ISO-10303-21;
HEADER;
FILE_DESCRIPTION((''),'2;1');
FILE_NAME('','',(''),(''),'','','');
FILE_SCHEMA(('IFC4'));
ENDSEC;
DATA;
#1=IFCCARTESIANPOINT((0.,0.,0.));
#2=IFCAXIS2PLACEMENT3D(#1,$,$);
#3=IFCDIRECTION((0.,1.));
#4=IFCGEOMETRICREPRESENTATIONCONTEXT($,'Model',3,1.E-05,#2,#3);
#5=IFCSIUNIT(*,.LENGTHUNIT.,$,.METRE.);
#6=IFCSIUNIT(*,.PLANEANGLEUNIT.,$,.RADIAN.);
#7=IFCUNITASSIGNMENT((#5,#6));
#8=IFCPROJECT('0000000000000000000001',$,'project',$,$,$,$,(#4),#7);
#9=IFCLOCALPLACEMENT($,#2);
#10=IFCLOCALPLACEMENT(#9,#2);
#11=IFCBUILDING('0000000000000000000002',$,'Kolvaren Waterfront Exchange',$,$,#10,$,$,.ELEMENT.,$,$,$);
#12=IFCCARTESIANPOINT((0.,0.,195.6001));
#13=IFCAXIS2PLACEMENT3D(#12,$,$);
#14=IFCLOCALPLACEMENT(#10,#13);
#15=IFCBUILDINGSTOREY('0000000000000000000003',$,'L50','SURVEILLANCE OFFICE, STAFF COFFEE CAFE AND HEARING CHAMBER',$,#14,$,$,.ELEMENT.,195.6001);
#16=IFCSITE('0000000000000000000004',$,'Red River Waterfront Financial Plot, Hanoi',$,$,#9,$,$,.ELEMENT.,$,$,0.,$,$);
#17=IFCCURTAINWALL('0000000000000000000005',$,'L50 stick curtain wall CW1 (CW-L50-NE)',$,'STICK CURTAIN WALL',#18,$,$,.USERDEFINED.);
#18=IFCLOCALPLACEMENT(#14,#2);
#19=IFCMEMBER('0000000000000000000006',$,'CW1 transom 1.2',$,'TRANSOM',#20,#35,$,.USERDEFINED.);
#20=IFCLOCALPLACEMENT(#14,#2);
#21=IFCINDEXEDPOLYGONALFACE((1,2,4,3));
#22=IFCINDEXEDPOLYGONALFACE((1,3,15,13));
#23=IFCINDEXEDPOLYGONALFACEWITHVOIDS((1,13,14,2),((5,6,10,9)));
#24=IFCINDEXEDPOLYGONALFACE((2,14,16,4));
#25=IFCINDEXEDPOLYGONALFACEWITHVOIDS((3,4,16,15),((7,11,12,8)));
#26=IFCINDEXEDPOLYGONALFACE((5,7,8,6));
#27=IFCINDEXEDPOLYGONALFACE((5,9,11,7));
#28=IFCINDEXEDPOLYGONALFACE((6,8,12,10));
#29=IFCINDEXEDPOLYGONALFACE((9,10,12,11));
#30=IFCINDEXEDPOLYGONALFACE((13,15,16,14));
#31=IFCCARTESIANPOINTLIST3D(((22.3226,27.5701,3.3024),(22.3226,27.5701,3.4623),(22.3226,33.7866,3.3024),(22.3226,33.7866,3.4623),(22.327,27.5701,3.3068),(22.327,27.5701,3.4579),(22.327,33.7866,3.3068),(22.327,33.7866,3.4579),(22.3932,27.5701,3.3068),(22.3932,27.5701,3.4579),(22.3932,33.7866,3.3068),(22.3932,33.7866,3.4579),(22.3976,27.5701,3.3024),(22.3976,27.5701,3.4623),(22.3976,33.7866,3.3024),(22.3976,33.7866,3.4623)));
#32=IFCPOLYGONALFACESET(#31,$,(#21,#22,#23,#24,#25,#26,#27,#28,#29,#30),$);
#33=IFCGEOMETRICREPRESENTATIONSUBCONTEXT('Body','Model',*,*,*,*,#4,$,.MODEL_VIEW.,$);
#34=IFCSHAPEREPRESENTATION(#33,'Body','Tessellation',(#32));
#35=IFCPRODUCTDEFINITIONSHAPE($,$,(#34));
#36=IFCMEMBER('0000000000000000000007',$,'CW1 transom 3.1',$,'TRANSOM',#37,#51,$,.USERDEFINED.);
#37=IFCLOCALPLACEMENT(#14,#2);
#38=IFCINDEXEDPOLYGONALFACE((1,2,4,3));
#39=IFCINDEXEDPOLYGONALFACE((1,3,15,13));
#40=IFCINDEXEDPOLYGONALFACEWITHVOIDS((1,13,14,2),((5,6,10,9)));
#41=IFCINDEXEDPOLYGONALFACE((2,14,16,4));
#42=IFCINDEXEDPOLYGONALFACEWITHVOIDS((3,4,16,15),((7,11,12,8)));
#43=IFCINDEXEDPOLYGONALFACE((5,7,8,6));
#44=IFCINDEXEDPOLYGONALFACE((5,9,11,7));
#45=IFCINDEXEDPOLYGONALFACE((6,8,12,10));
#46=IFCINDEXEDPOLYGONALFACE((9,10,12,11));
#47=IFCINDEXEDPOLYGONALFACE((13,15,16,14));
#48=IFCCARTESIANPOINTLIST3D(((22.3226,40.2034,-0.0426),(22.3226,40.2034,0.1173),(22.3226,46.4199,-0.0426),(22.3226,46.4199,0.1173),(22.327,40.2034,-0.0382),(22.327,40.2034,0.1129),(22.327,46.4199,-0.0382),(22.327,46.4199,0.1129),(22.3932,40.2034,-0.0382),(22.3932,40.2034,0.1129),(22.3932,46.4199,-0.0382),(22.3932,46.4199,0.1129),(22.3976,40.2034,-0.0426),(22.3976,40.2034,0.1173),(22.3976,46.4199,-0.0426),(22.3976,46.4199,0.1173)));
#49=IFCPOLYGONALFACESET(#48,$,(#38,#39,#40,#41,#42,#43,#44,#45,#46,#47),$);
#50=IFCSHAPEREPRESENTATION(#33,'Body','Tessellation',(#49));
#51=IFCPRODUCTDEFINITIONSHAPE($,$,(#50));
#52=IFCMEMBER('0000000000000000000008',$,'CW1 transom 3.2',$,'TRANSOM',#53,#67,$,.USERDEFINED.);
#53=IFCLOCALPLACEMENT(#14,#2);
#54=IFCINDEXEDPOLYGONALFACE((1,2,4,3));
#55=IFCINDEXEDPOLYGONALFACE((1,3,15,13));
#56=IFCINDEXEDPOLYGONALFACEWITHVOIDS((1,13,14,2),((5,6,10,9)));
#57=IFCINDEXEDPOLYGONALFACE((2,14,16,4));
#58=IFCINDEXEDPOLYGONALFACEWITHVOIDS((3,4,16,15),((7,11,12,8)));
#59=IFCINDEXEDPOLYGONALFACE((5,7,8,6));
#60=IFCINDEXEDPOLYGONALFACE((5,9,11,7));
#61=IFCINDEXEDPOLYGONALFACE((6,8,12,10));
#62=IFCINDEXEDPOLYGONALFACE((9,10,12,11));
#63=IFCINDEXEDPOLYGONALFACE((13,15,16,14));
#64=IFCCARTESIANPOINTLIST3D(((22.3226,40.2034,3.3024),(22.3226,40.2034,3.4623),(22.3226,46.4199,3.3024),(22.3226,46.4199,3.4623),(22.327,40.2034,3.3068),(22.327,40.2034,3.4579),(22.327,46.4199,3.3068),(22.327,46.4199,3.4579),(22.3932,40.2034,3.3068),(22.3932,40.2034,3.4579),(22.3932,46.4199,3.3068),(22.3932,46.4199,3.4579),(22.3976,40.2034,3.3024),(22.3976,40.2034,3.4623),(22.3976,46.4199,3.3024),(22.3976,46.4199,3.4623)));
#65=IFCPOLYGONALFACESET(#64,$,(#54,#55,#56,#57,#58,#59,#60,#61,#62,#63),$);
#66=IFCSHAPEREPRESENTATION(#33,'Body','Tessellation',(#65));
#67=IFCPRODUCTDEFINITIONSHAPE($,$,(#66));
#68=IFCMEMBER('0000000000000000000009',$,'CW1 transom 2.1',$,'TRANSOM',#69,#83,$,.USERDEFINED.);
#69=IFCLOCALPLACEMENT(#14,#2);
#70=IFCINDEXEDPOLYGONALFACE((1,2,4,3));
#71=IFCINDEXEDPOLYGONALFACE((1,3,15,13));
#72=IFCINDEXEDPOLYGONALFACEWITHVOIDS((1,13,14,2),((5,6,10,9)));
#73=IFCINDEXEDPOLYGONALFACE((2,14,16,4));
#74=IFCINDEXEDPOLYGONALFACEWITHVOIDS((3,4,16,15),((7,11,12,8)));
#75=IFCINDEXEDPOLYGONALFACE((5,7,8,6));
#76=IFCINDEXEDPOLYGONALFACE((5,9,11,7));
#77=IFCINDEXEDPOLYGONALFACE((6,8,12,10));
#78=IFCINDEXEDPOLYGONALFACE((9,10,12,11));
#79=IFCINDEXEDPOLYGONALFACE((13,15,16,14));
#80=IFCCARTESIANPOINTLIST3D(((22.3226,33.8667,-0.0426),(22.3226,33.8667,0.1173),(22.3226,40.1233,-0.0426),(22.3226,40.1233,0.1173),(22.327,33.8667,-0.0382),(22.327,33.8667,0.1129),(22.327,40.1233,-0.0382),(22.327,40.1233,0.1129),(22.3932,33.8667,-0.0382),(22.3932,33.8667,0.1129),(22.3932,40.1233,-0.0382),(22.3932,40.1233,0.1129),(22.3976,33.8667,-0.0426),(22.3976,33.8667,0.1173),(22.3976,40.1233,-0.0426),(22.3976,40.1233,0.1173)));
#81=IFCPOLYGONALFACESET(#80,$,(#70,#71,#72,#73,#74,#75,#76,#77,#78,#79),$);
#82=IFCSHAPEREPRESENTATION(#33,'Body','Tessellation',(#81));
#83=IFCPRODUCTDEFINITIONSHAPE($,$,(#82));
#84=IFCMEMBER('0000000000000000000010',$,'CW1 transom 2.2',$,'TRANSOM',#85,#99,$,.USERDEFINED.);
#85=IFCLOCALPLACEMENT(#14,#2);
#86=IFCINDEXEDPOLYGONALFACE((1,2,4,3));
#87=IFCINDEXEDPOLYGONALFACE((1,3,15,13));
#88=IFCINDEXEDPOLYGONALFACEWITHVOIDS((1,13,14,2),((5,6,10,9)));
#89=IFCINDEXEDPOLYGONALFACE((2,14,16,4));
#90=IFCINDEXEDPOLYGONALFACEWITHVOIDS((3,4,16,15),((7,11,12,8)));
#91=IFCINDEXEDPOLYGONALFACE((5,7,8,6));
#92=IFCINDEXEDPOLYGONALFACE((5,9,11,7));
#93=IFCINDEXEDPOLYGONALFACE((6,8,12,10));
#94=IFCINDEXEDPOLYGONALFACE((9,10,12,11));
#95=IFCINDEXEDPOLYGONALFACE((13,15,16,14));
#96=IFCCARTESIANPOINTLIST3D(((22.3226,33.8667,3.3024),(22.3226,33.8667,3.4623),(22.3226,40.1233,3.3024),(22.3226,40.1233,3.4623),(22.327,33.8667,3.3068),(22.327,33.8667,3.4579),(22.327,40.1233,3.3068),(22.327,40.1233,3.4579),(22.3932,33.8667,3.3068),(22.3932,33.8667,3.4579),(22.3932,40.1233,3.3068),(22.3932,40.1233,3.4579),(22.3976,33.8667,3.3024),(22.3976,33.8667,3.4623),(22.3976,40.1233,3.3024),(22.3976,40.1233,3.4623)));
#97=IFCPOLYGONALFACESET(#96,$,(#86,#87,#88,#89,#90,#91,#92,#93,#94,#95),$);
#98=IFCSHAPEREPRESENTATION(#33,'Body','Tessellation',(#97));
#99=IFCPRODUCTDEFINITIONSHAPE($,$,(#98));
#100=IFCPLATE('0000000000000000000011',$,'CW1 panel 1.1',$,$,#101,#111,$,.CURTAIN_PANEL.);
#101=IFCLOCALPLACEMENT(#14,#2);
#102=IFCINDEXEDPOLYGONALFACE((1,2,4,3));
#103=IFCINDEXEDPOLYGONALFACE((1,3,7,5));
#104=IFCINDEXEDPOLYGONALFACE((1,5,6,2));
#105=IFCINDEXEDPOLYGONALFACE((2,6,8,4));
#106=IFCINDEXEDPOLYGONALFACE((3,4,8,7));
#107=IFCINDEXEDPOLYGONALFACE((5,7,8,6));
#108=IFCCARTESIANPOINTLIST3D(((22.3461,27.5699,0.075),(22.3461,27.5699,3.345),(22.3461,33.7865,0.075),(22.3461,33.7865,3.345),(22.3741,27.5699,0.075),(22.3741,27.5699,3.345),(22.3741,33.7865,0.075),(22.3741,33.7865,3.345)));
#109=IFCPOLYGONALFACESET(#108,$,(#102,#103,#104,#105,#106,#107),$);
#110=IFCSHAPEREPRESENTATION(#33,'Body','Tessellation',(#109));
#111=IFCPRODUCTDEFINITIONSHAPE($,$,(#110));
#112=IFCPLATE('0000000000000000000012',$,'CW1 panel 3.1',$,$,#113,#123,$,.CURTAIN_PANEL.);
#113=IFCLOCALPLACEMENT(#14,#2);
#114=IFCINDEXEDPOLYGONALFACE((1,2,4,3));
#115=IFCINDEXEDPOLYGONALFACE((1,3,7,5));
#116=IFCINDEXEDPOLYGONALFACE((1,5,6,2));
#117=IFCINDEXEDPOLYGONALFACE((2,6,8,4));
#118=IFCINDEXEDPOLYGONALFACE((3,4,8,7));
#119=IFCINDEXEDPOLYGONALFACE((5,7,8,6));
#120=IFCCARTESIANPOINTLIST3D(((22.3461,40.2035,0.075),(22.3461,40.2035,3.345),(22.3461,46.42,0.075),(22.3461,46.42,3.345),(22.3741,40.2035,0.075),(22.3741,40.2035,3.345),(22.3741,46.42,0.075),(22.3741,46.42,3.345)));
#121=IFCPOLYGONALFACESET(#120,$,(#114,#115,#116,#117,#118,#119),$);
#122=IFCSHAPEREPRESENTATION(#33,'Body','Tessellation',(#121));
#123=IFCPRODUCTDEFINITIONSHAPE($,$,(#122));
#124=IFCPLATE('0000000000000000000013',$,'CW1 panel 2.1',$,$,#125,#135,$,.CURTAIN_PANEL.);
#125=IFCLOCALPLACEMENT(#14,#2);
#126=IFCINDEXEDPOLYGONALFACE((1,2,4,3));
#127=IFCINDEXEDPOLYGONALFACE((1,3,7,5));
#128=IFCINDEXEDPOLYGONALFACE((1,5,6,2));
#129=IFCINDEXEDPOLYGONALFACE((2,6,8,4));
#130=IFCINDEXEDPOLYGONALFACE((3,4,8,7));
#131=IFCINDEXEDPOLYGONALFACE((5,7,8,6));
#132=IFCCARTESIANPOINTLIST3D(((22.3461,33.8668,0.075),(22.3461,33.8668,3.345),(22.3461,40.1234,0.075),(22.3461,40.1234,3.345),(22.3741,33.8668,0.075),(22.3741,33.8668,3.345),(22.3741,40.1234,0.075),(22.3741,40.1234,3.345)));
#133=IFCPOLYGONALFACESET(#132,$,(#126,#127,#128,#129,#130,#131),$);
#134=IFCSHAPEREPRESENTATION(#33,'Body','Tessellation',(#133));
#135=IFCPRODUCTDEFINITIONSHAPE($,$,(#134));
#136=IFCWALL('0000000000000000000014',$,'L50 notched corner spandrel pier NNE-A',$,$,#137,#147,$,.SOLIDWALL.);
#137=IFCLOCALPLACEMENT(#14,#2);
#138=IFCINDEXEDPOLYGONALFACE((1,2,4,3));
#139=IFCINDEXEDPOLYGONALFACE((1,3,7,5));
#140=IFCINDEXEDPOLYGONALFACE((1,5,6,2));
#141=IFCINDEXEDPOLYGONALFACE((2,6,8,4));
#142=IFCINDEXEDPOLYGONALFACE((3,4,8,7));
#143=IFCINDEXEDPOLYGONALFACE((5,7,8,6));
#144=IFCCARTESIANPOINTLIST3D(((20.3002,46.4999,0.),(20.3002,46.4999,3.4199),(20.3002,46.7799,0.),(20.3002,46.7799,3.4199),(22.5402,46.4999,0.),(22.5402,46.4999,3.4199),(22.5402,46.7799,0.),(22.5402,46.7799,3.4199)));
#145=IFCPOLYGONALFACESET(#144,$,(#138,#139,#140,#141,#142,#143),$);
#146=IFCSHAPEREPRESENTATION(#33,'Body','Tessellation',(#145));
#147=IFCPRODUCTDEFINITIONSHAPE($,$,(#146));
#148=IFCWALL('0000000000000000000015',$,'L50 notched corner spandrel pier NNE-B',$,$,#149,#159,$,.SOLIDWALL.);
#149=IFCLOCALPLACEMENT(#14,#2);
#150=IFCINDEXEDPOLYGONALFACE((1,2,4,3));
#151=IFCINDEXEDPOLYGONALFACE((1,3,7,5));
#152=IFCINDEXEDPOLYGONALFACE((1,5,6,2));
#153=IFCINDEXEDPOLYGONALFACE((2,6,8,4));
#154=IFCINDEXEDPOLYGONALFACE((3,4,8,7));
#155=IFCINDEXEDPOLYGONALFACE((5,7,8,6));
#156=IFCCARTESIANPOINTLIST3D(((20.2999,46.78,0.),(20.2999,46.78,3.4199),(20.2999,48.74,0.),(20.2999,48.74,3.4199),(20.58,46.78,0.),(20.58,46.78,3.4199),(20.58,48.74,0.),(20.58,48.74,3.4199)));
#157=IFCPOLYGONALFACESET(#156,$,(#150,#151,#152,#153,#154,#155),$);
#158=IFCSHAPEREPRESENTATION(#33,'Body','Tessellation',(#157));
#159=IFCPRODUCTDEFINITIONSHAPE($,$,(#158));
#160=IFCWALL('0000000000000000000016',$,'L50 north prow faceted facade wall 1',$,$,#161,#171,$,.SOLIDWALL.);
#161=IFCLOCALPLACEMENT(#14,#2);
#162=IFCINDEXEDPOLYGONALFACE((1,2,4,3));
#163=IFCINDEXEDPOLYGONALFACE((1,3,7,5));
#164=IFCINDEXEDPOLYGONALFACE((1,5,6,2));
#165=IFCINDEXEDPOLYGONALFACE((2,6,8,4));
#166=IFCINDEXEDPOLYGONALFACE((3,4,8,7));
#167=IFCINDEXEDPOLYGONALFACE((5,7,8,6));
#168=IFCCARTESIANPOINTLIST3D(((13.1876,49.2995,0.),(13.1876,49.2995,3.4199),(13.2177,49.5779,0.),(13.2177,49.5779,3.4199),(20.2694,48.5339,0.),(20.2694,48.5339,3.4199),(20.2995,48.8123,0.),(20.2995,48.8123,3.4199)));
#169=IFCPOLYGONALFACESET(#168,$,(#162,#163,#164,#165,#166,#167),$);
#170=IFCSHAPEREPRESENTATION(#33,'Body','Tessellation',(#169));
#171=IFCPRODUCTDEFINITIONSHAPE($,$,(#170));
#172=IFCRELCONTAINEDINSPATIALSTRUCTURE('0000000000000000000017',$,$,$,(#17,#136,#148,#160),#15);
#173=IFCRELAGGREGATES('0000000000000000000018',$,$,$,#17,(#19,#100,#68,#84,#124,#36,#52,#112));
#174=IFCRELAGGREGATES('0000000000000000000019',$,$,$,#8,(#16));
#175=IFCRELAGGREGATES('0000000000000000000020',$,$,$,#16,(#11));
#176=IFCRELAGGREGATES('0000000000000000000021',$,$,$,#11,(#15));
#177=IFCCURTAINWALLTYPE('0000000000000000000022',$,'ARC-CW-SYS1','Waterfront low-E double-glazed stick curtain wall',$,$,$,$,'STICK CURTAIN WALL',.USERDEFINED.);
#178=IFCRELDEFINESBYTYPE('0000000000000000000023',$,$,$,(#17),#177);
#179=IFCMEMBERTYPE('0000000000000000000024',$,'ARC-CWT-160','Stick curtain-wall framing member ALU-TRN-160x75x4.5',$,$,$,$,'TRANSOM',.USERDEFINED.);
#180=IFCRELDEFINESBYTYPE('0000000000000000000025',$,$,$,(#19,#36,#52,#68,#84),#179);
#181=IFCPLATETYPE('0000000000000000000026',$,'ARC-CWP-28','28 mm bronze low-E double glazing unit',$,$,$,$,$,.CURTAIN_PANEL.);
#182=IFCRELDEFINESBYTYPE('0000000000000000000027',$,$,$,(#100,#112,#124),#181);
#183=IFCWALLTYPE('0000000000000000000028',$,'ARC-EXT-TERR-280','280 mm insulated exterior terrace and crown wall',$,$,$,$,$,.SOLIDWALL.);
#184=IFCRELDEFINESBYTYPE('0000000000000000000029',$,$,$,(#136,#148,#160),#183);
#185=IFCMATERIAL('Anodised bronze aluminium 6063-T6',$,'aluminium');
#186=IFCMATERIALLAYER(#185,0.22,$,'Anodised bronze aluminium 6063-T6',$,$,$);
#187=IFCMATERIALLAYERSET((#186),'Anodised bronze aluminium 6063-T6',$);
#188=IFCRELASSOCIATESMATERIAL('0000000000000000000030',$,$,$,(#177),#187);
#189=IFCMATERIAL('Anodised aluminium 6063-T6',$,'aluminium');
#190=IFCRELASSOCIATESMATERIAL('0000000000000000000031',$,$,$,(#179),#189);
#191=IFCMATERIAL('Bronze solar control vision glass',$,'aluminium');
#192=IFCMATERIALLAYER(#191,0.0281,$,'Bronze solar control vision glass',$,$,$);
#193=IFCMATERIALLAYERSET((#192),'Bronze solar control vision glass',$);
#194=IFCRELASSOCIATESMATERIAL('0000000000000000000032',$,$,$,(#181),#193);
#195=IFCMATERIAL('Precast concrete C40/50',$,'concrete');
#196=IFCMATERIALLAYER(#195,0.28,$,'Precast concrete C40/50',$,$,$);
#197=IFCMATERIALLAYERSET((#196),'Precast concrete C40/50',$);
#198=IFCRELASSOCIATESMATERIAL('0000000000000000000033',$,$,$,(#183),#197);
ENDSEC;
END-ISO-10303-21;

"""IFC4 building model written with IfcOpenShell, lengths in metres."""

from ifc_helpers import new_model, si_unit, direction, frame, frame_2d, origin, origin_with_axes, origin_2d, place, context, subcontext, project, spatial, rectangle, hollow_rectangle, extrude, source, transform, mapped, material, layer, layer_set, material_profile, profile_set, type_object, element, aggregate, save


model = new_model("IFC4")

# Units and contexts
model_context = context("Model", 3, precision=1e-05, world=origin(), true_north=direction((0.0, 1.0)))
body_context = subcontext(model_context, "Body", "Model", "MODEL_VIEW")
ifc_project = project(units=[si_unit("LENGTHUNIT", "METRE"), si_unit("PLANEANGLEUNIT", "RADIAN")], contexts=[model_context])

# Site, building, storey
site_placement = place(None, origin())
site = spatial("IfcSite", under=ifc_project, at=site_placement, Name="Red River Waterfront Financial Plot, Hanoi", CompositionType="ELEMENT", RefElevation=0.0)
building_placement = place(site_placement, origin())
building = spatial("IfcBuilding", under=site, at=building_placement, Name="Kolvaren Waterfront Exchange", CompositionType="ELEMENT")
storey_placement = place(building_placement, frame((0.0, 0.0, 195.6001)))
storey = spatial("IfcBuildingStorey", under=building, at=storey_placement, Name="L50", Description="SURVEILLANCE OFFICE, STAFF COFFEE CAFE AND HEARING CHAMBER", CompositionType="ELEMENT", Elevation=195.6001)

# Curtain wall, members, plates
ifc_material_1 = material(Name="Anodised bronze aluminium 6063-T6", Category="aluminium")
ifc_layer_1 = layer(ifc_material_1, 0.22, Name="Anodised bronze aluminium 6063-T6")
ifc_layer_set_1 = layer_set([ifc_layer_1], Name="Anodised bronze aluminium 6063-T6")
curtain_wall_type = type_object("IfcCurtainWallType", Name="ARC-CW-SYS1", Description="Waterfront low-E double-glazed stick curtain wall", ElementType="STICK CURTAIN WALL", PredefinedType="USERDEFINED", material=ifc_layer_set_1)
curtain_wall_placement = place(storey_placement, origin())
curtain_wall = element("IfcCurtainWall", 1, at=curtain_wall_placement, inside=storey, type_object=curtain_wall_type, Name="L50 stick curtain wall CW1 (CW-L50-NE)", ObjectType="STICK CURTAIN WALL", PredefinedType="USERDEFINED")
ifc_material_2 = material(Name="Anodised aluminium 6063-T6", Category="aluminium")
ifc_material_profile_1 = material_profile(ifc_material_2, hollow_rectangle(XDim=0.075, YDim=0.1599, WallThickness=0.0044, at=origin_2d()), Name="ALU-TRN-160x75x4.5")
ifc_profile_set_1 = profile_set([ifc_material_profile_1], Name="Anodised aluminium 6063-T6")
member_type_1 = type_object("IfcMemberType", Name="ARC-CWT-160", Description="Stick curtain-wall framing member ALU-TRN-160x75x4.5", ElementType="TRANSOM", PredefinedType="USERDEFINED", material=ifc_profile_set_1)
shared_shape_1 = source(origin_with_axes(), body_context, "Body", "SweptSolid", [
    extrude(hollow_rectangle(XDim=0.075, YDim=0.1599, WallThickness=0.0044, at=origin_2d()), origin(), (0.0, 0.0, 1.0), 6.2166),
])
member_1_placement = place(storey_placement, frame((22.3601, 27.5701, 3.3823), z_axis=(0.0, 1.0, 0.0), x_axis=(-1.0, 0.0, 0.0)))
member_1 = element("IfcMember", 2, at=member_1_placement, type_object=member_type_1, Name="CW1 transom 1.2", ObjectType="TRANSOM", PredefinedType="USERDEFINED", context=body_context, shape_type="MappedRepresentation", body=[
    mapped(shared_shape_1, transform((0.0, 0.0, 0.0), x_axis=(1.0, 0.0, 0.0), y_axis=(0.0, 1.0, 0.0), z_axis=(0.0, 0.0, 1.0), scale=1.0)),
])
member_2_placement = place(storey_placement, frame((22.3601, 40.2034, 0.0374), z_axis=(0.0, 1.0, 0.0), x_axis=(-1.0, 0.0, 0.0)))
member_2 = element("IfcMember", 3, at=member_2_placement, type_object=member_type_1, Name="CW1 transom 3.1", ObjectType="TRANSOM", PredefinedType="USERDEFINED", context=body_context, shape_type="MappedRepresentation", body=[
    mapped(shared_shape_1, transform((0.0, 0.0, 0.0), x_axis=(1.0, 0.0, 0.0), y_axis=(0.0, 1.0, 0.0), z_axis=(0.0, 0.0, 1.0), scale=1.0)),
])
member_3_placement = place(storey_placement, frame((22.3601, 40.2034, 3.3823), z_axis=(0.0, 1.0, 0.0), x_axis=(-1.0, 0.0, 0.0)))
member_3 = element("IfcMember", 4, at=member_3_placement, type_object=member_type_1, Name="CW1 transom 3.2", ObjectType="TRANSOM", PredefinedType="USERDEFINED", context=body_context, shape_type="MappedRepresentation", body=[
    mapped(shared_shape_1, transform((0.0, 0.0, 0.0), x_axis=(1.0, 0.0, 0.0), y_axis=(0.0, 1.0, 0.0), z_axis=(0.0, 0.0, 1.0), scale=1.0)),
])
shared_shape_2 = source(origin_with_axes(), body_context, "Body", "SweptSolid", [
    extrude(hollow_rectangle(XDim=0.075, YDim=0.1599, WallThickness=0.0044, at=origin_2d()), origin(), (0.0, 0.0, 1.0), 6.2566),
])
member_4_placement = place(storey_placement, frame((22.3601, 33.8667, 0.0374), z_axis=(0.0, 1.0, 0.0), x_axis=(-1.0, 0.0, 0.0)))
member_4 = element("IfcMember", 5, at=member_4_placement, type_object=member_type_1, Name="CW1 transom 2.1", ObjectType="TRANSOM", PredefinedType="USERDEFINED", context=body_context, shape_type="MappedRepresentation", body=[
    mapped(shared_shape_2, transform((0.0, 0.0, 0.0), x_axis=(1.0, 0.0, 0.0), y_axis=(0.0, 1.0, 0.0), z_axis=(0.0, 0.0, 1.0), scale=1.0)),
])
member_5_placement = place(storey_placement, frame((22.3601, 33.8667, 3.3823), z_axis=(0.0, 1.0, 0.0), x_axis=(-1.0, 0.0, 0.0)))
member_5 = element("IfcMember", 6, at=member_5_placement, type_object=member_type_1, Name="CW1 transom 2.2", ObjectType="TRANSOM", PredefinedType="USERDEFINED", context=body_context, shape_type="MappedRepresentation", body=[
    mapped(shared_shape_2, transform((0.0, 0.0, 0.0), x_axis=(1.0, 0.0, 0.0), y_axis=(0.0, 1.0, 0.0), z_axis=(0.0, 0.0, 1.0), scale=1.0)),
])
ifc_material_3 = material(Name="Bronze solar control vision glass", Category="aluminium")
ifc_layer_2 = layer(ifc_material_3, 0.0281, Name="Bronze solar control vision glass")
ifc_layer_set_2 = layer_set([ifc_layer_2], Name="Bronze solar control vision glass")
plate_type = type_object("IfcPlateType", Name="ARC-CWP-28", Description="28 mm bronze low-E double glazing unit", PredefinedType="CURTAIN_PANEL", material=ifc_layer_set_2)
shared_shape_3 = source(origin_with_axes(), body_context, "Body", "SweptSolid", [
    extrude(rectangle(XDim=6.2166, YDim=0.0281, at=origin_2d()), origin(), (0.0, 0.0, 1.0), 3.27),
])
plate_1_placement = place(storey_placement, frame((22.3601, 30.6782, 0.075), z_axis=(0.0, 0.0, 1.0), x_axis=(0.0, 1.0, 0.0)))
plate_1 = element("IfcPlate", 7, at=plate_1_placement, type_object=plate_type, Name="CW1 panel 1.1", PredefinedType="CURTAIN_PANEL", context=body_context, shape_type="MappedRepresentation", body=[
    mapped(shared_shape_3, transform((0.0, 0.0, 0.0), x_axis=(1.0, 0.0, 0.0), y_axis=(0.0, 1.0, 0.0), z_axis=(0.0, 0.0, 1.0), scale=1.0)),
])
plate_2_placement = place(storey_placement, frame((22.3601, 43.3118, 0.075), z_axis=(0.0, 0.0, 1.0), x_axis=(0.0, 1.0, 0.0)))
plate_2 = element("IfcPlate", 8, at=plate_2_placement, type_object=plate_type, Name="CW1 panel 3.1", PredefinedType="CURTAIN_PANEL", context=body_context, shape_type="MappedRepresentation", body=[
    mapped(shared_shape_3, transform((0.0, 0.0, 0.0), x_axis=(1.0, 0.0, 0.0), y_axis=(0.0, 1.0, 0.0), z_axis=(0.0, 0.0, 1.0), scale=1.0)),
])
shared_shape_4 = source(origin_with_axes(), body_context, "Body", "SweptSolid", [
    extrude(rectangle(XDim=6.2566, YDim=0.0281, at=origin_2d()), origin(), (0.0, 0.0, 1.0), 3.27),
])
plate_3_placement = place(storey_placement, frame((22.3601, 36.9951, 0.075), z_axis=(0.0, 0.0, 1.0), x_axis=(0.0, 1.0, 0.0)))
plate_3 = element("IfcPlate", 9, at=plate_3_placement, type_object=plate_type, Name="CW1 panel 2.1", PredefinedType="CURTAIN_PANEL", context=body_context, shape_type="MappedRepresentation", body=[
    mapped(shared_shape_4, transform((0.0, 0.0, 0.0), x_axis=(1.0, 0.0, 0.0), y_axis=(0.0, 1.0, 0.0), z_axis=(0.0, 0.0, 1.0), scale=1.0)),
])
aggregate(curtain_wall, [member_1, plate_1, member_4, member_5, plate_3, member_2, member_3, plate_2])

# Walls
ifc_material_4 = material(Name="Precast concrete C40/50", Category="concrete")
ifc_layer_3 = layer(ifc_material_4, 0.28, Name="Precast concrete C40/50")
ifc_layer_set_3 = layer_set([ifc_layer_3], Name="Precast concrete C40/50")
wall_type = type_object("IfcWallType", Name="ARC-EXT-TERR-280", Description="280 mm insulated exterior terrace and crown wall", PredefinedType="SOLIDWALL", material=ifc_layer_set_3)
wall_1_placement = place(storey_placement, frame((20.3, 46.6399, 0.0), z_axis=(0.0, 0.0, 1.0), x_axis=(1.0, 0.0, 0.0)))
element("IfcWall", 10, at=wall_1_placement, inside=storey, type_object=wall_type, Name="L50 notched corner spandrel pier NNE-A", PredefinedType="SOLIDWALL", context=body_context, shape_type="SweptSolid", body=[
    extrude(rectangle(XDim=2.24, YDim=0.28, at=frame_2d((1.1201, 0.0))), origin(), (0.0, 0.0, 1.0), 3.4199),
])
wall_2_placement = place(storey_placement, frame((20.4399, 46.78, 0.0), z_axis=(0.0, 0.0, 1.0), x_axis=(0.0, 1.0, 0.0)))
element("IfcWall", 11, at=wall_2_placement, inside=storey, type_object=wall_type, Name="L50 notched corner spandrel pier NNE-B", PredefinedType="SOLIDWALL", context=body_context, shape_type="SweptSolid", body=[
    extrude(rectangle(XDim=1.96, YDim=0.28, at=frame_2d((0.98, 0.0))), origin(), (0.0, 0.0, 1.0), 3.4199),
])
wall_3_placement = place(storey_placement, frame((20.2844, 48.6731, 0.0), z_axis=(0.0, 0.0, 1.0), x_axis=(-0.994207, 0.107486, 0.0)))
element("IfcWall", 12, at=wall_3_placement, inside=storey, type_object=wall_type, Name="L50 north prow faceted facade wall 1", PredefinedType="SOLIDWALL", context=body_context, shape_type="SweptSolid", body=[
    extrude(rectangle(XDim=7.123, YDim=0.28, at=frame_2d((3.5615, 0.0))), origin(), (0.0, 0.0, 1.0), 3.4199),
])

save(model, "model.ifc")
